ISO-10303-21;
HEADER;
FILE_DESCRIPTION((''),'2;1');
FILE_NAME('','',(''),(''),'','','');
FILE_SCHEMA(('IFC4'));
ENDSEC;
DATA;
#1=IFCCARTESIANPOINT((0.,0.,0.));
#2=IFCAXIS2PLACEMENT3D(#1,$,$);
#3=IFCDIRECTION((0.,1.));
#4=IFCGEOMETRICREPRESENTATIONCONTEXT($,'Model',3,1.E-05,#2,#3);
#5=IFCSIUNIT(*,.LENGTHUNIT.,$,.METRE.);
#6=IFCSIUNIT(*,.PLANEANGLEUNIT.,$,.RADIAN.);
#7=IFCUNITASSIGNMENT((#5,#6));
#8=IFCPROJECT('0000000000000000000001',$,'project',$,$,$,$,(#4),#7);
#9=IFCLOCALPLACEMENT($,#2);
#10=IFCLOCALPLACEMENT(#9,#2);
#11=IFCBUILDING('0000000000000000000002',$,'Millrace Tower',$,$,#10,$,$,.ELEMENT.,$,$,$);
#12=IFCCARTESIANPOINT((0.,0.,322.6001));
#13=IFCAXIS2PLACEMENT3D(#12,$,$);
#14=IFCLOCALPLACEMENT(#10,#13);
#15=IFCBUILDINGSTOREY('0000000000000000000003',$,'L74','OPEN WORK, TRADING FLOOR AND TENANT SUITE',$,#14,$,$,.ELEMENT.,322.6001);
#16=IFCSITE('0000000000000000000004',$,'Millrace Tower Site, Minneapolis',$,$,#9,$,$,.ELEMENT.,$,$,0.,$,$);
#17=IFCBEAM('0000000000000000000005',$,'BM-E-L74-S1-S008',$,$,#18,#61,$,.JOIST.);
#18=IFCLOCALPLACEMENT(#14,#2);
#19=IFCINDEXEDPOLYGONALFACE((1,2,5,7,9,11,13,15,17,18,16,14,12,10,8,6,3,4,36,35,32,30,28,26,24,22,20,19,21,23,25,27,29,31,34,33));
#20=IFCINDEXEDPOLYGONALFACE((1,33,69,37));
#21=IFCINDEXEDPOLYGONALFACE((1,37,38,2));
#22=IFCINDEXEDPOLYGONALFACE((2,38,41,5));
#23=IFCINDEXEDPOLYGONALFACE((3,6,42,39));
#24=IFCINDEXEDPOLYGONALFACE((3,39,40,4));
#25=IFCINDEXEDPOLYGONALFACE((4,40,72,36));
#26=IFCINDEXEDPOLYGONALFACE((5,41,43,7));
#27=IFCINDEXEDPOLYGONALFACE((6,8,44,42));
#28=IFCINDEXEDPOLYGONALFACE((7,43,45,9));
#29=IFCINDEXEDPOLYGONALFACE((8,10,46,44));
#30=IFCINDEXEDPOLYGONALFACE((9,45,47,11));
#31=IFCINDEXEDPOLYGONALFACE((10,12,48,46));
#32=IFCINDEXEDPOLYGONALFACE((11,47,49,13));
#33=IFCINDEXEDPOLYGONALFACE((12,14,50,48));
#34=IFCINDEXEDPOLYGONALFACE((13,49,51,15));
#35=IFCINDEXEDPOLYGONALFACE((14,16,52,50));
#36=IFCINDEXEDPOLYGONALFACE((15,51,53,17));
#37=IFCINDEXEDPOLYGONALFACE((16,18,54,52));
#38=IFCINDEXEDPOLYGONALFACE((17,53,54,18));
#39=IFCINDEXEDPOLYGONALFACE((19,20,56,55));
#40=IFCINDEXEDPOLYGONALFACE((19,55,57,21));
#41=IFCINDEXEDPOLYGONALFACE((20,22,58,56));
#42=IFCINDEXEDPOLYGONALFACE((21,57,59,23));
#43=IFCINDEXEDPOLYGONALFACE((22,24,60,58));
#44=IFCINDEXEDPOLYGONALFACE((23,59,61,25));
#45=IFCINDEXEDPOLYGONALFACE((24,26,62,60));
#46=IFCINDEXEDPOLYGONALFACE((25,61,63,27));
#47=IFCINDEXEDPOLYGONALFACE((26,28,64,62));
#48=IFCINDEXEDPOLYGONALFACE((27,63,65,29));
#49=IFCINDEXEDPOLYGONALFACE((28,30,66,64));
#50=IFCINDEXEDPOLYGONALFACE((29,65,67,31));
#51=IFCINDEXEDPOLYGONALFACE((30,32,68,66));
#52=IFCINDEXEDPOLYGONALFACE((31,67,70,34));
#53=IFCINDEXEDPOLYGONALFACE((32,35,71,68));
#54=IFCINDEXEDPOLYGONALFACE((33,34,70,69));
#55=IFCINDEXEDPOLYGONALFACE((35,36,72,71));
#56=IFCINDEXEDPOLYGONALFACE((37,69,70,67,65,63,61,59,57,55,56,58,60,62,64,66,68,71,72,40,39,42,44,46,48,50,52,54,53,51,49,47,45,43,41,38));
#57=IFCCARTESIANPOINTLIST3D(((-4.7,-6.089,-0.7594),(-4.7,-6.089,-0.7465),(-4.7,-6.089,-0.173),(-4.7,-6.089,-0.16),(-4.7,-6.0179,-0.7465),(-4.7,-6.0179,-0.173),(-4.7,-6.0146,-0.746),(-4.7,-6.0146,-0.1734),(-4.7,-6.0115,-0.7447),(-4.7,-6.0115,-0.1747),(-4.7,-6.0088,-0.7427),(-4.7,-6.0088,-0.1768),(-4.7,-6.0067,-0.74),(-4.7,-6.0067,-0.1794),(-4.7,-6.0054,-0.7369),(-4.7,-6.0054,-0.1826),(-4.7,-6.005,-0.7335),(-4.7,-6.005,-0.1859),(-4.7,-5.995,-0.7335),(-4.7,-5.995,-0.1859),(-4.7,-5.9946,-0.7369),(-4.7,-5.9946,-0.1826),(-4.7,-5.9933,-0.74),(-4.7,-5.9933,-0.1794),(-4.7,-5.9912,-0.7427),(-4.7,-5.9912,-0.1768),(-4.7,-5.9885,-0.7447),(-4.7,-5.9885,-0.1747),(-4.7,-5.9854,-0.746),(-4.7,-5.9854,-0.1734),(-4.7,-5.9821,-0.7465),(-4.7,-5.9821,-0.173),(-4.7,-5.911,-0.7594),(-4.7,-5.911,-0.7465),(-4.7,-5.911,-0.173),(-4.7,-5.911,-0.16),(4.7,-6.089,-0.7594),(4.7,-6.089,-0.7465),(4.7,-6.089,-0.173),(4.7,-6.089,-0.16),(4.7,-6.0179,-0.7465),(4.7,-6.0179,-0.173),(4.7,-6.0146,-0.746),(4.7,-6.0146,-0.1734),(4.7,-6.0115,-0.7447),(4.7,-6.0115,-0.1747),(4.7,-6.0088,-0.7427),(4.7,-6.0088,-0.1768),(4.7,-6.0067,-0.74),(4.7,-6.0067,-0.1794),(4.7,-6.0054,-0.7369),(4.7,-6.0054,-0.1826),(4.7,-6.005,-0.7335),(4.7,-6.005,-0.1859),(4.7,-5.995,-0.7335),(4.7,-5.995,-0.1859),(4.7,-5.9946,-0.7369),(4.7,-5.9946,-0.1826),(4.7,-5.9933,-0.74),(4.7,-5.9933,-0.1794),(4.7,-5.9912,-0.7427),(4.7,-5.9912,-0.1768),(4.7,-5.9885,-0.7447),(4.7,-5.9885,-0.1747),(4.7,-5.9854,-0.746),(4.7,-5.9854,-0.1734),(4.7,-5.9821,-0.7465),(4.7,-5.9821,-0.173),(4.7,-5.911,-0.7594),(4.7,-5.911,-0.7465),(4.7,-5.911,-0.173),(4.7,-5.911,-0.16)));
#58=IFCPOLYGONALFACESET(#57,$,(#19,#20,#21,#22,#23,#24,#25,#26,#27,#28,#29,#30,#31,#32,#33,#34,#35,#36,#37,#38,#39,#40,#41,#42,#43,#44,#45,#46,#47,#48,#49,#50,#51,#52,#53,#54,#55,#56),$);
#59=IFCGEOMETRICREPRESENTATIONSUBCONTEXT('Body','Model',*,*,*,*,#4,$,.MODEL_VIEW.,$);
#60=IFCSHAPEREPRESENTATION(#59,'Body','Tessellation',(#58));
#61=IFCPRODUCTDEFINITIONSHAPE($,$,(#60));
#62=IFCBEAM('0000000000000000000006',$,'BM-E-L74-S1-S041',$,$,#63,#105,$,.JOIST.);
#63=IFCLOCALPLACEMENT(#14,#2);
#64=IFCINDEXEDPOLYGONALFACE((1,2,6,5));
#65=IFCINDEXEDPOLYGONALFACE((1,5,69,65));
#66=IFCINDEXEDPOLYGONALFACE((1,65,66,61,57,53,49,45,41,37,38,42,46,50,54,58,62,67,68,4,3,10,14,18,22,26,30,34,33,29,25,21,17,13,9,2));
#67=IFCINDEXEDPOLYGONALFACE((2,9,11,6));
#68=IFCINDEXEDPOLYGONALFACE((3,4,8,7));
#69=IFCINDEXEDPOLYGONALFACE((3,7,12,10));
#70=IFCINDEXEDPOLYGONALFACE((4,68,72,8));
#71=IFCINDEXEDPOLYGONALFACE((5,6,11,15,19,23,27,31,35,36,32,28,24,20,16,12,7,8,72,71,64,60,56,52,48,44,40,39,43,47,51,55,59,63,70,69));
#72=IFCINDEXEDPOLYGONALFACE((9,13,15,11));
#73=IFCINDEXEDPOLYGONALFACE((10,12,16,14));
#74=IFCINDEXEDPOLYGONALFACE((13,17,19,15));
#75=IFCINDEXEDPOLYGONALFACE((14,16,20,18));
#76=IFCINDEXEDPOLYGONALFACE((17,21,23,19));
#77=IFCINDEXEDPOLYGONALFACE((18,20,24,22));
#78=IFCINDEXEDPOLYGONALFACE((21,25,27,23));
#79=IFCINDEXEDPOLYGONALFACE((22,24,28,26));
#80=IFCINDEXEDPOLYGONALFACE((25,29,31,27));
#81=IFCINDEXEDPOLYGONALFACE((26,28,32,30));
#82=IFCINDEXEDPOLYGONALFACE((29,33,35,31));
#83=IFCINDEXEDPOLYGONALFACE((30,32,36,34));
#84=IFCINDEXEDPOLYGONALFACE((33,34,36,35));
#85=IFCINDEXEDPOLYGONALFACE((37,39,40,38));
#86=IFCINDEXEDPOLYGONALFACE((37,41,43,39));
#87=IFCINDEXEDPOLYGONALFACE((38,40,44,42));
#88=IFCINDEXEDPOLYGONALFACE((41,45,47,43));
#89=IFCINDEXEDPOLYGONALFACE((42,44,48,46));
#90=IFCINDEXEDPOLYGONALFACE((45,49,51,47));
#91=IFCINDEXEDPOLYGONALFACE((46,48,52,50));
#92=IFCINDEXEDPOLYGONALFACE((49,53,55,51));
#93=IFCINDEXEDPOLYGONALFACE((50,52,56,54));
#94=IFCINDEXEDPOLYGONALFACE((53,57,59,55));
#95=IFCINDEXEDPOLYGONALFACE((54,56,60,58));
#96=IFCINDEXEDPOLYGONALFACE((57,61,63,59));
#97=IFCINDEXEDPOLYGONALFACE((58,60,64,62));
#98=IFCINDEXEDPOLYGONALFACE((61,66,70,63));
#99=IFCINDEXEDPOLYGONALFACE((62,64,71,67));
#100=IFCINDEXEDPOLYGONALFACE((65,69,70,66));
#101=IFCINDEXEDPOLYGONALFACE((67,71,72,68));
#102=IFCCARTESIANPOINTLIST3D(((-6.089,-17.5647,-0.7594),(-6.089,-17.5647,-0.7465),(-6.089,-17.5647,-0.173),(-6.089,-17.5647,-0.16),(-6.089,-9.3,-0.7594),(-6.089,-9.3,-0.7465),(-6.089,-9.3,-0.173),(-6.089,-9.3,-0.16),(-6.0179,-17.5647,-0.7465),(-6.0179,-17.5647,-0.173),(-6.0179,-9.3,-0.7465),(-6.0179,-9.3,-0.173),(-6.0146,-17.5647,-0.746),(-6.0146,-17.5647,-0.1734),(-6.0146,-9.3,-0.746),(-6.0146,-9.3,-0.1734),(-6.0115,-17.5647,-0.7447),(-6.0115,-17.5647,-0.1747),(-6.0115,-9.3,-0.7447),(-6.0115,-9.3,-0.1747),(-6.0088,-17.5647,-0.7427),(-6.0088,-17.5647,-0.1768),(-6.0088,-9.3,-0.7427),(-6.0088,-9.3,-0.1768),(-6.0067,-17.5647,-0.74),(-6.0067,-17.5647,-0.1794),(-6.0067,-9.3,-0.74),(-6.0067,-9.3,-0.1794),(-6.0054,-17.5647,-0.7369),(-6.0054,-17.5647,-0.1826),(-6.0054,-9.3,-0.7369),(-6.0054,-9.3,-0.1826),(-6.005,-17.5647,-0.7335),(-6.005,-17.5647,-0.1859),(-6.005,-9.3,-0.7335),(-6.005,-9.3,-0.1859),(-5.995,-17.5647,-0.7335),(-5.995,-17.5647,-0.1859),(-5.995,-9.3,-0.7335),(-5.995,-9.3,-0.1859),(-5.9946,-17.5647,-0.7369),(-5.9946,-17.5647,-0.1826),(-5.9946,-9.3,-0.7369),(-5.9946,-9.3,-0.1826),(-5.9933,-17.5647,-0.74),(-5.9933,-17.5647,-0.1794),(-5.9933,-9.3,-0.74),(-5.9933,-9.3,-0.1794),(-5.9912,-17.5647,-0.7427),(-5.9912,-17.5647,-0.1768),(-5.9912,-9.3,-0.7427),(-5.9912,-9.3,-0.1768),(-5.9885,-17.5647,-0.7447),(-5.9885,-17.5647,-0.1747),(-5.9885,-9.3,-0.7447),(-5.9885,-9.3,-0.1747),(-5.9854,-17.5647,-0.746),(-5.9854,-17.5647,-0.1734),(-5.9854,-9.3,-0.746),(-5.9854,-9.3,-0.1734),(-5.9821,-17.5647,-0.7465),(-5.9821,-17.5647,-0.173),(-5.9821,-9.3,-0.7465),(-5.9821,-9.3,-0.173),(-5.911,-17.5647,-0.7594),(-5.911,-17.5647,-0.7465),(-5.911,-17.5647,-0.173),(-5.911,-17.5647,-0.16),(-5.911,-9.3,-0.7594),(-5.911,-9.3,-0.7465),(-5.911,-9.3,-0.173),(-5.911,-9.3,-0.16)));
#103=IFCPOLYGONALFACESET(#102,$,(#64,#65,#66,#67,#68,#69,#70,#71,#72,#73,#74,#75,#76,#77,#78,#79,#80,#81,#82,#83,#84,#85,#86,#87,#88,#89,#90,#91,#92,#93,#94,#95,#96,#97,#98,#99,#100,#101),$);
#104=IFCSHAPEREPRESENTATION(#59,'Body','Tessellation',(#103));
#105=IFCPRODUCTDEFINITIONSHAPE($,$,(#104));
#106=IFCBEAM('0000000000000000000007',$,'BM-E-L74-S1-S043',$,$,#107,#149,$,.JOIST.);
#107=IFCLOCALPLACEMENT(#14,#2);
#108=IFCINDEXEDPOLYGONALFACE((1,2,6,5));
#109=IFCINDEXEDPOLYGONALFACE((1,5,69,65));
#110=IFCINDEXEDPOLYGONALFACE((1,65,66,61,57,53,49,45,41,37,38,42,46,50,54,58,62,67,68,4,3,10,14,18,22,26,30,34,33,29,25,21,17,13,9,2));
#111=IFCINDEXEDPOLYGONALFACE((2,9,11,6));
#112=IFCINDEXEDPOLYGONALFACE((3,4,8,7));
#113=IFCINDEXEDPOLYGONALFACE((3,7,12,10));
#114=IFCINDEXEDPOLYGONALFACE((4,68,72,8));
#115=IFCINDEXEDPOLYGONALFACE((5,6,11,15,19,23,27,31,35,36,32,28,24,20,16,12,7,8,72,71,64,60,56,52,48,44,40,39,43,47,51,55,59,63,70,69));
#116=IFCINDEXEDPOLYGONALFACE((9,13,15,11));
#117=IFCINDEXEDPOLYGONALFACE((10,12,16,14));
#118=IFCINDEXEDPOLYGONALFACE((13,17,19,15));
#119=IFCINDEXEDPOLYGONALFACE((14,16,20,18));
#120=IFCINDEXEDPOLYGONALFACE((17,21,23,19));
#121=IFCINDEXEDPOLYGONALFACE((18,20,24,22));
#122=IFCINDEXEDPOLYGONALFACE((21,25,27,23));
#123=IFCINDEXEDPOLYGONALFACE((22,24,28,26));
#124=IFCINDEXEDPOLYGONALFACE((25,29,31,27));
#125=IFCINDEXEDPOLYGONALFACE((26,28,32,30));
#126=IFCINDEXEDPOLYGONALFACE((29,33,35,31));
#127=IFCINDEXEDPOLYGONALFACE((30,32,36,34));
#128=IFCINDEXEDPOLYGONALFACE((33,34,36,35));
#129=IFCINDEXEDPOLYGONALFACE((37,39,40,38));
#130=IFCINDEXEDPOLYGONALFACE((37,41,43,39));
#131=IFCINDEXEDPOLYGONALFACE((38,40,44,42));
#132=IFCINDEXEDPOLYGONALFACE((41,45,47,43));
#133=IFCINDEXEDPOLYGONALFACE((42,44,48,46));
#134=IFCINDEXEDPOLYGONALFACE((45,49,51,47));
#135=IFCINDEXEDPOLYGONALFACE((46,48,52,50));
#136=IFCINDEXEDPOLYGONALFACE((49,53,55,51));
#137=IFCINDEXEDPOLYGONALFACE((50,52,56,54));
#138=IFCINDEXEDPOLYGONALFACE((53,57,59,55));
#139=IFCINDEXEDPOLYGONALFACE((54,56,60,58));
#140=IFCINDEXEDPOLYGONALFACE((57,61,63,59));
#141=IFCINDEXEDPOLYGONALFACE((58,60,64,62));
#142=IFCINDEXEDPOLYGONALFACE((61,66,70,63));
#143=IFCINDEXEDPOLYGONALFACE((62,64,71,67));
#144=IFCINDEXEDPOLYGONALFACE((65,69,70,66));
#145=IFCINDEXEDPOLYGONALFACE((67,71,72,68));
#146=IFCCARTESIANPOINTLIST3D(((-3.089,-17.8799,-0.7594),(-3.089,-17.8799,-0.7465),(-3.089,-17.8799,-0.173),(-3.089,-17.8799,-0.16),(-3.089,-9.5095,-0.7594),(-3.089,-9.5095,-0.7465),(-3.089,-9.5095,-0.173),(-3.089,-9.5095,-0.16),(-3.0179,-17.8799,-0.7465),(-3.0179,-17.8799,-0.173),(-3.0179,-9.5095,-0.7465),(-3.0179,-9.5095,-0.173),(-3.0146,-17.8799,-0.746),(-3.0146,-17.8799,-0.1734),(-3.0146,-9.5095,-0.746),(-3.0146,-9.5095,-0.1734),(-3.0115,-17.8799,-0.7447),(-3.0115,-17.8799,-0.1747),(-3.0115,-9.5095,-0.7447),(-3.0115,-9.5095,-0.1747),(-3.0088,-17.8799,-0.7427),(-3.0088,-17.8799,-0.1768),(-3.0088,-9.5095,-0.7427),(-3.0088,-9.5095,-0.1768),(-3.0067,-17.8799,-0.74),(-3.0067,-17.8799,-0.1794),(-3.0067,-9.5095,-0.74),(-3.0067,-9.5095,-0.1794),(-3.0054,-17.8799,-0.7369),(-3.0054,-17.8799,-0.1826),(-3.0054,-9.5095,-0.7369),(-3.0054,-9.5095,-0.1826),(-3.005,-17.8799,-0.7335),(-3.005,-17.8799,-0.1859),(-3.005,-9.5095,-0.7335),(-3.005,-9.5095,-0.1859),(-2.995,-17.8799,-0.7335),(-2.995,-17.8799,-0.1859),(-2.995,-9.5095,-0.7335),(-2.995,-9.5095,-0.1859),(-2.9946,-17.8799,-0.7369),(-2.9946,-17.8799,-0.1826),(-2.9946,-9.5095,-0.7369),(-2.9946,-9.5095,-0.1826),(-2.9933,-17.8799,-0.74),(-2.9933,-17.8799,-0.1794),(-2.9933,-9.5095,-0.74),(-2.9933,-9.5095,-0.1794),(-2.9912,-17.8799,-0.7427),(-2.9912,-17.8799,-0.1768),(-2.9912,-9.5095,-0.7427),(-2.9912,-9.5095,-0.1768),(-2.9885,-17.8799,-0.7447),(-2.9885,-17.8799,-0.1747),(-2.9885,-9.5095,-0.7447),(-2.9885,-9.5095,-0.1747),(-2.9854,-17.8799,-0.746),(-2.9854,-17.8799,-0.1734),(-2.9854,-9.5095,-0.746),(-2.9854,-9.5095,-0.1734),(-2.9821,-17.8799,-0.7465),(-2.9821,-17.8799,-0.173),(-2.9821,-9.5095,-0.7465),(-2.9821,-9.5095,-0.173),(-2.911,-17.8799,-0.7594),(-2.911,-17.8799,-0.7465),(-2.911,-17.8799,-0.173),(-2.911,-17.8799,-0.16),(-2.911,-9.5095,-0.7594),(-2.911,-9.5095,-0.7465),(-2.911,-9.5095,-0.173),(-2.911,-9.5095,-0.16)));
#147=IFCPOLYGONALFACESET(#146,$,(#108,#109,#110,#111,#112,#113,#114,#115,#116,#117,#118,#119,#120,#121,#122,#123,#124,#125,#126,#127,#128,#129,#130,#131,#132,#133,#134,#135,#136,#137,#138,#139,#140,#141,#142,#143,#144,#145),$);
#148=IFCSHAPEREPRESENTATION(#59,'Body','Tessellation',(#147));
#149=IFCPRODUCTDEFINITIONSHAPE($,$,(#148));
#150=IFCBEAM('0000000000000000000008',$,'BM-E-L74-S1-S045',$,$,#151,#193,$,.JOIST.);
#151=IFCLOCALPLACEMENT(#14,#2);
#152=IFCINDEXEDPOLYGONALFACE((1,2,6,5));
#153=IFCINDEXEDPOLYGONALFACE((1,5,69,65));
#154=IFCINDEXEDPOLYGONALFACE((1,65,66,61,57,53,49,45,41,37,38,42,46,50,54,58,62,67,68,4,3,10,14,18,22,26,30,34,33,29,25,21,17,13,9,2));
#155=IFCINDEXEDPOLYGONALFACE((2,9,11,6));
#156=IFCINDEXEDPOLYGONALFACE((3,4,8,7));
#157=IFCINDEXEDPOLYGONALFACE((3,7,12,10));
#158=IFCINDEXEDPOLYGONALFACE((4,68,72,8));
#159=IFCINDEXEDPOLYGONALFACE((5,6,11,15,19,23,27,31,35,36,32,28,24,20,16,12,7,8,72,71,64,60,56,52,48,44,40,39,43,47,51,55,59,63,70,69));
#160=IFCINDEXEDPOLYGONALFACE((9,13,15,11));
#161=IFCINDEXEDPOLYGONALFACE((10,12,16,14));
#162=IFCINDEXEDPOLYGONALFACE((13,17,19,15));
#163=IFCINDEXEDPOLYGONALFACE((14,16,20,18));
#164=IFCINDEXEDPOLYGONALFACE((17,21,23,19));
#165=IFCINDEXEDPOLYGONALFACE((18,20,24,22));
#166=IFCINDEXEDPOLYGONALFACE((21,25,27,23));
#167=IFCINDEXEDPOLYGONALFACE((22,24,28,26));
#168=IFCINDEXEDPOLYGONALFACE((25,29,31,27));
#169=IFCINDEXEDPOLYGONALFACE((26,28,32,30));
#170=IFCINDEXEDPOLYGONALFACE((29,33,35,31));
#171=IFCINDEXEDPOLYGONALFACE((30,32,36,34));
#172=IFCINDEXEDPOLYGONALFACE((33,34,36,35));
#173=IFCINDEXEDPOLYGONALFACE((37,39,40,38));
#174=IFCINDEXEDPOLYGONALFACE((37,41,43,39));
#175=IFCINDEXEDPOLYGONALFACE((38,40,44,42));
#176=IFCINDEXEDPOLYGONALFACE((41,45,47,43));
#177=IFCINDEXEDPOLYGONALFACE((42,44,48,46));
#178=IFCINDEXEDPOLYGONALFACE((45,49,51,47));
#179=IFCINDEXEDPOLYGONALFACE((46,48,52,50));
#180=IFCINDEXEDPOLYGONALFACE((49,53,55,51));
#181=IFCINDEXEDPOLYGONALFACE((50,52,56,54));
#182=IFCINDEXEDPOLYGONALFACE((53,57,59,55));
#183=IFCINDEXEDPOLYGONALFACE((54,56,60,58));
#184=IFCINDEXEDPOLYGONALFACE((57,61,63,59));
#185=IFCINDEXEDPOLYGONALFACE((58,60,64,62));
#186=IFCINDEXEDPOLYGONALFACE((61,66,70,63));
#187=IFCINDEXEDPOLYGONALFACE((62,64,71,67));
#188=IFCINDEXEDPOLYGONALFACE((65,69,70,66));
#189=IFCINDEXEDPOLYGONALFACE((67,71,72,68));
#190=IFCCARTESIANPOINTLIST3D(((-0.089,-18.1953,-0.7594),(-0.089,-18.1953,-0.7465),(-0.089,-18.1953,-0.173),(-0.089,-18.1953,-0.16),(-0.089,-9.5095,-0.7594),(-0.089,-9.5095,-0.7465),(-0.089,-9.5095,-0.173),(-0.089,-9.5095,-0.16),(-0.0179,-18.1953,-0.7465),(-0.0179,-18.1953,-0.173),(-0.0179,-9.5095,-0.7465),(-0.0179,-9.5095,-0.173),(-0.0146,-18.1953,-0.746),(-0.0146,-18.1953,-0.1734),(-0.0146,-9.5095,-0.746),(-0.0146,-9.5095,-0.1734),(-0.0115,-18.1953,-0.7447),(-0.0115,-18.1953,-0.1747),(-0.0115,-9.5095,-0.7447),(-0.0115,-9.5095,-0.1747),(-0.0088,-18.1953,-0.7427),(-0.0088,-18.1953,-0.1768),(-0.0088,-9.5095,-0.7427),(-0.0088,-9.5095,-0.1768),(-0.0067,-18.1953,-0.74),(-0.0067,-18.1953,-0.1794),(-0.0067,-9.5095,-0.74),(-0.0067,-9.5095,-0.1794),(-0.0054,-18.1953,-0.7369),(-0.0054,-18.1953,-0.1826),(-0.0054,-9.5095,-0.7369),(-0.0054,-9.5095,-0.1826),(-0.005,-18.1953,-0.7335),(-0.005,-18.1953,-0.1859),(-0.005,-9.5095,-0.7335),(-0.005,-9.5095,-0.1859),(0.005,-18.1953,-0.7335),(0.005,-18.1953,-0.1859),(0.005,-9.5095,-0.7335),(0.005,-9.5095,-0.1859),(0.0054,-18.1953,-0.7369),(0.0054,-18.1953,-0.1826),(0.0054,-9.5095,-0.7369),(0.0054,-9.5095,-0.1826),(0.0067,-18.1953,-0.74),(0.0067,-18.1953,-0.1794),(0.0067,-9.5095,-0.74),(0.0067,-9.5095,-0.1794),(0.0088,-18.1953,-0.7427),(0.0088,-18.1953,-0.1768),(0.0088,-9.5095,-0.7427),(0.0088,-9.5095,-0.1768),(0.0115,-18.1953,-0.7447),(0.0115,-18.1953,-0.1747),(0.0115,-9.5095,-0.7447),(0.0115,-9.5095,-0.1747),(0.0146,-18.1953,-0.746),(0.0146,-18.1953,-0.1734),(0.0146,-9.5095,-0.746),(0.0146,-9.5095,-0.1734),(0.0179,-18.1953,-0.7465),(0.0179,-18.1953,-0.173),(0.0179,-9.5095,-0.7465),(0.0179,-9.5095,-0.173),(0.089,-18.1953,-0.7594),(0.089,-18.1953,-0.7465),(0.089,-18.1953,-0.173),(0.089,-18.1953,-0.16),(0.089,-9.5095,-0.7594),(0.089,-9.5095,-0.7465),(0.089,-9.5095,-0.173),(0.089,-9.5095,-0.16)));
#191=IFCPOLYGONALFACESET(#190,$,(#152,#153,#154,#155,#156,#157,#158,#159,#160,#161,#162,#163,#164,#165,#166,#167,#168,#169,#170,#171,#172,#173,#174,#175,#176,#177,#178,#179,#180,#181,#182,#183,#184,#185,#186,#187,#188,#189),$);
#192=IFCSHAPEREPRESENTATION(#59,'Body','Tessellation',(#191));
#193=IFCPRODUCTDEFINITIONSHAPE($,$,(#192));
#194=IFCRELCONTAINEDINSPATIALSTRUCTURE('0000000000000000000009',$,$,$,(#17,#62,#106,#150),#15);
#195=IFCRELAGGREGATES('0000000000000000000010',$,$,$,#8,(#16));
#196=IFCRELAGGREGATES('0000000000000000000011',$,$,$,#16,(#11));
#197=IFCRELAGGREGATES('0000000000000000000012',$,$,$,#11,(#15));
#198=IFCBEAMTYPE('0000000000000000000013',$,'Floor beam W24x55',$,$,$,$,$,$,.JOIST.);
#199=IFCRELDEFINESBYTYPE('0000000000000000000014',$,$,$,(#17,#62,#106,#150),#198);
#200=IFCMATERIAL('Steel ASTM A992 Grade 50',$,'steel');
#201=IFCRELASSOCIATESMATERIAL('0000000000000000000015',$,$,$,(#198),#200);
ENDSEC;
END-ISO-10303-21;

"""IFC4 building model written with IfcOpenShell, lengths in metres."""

from ifc_helpers import new_model, si_unit, direction, frame, origin, origin_2d, place, context, subcontext, project, spatial, i_section, extrude, material, material_profile, profile_set, type_object, element, save


model = new_model("IFC4")

# Units and contexts
model_context = context("Model", 3, precision=1e-05, world=origin(), true_north=direction((0.0, 1.0)))
body_context = subcontext(model_context, "Body", "Model", "MODEL_VIEW")
ifc_project = project(units=[si_unit("LENGTHUNIT", "METRE"), si_unit("PLANEANGLEUNIT", "RADIAN")], contexts=[model_context])

# Site, building, storey
site_placement = place(None, origin())
site = spatial("IfcSite", under=ifc_project, at=site_placement, Name="Millrace Tower Site, Minneapolis", CompositionType="ELEMENT", RefElevation=0.0)
building_placement = place(site_placement, origin())
building = spatial("IfcBuilding", under=site, at=building_placement, Name="Millrace Tower", CompositionType="ELEMENT")
storey_placement = place(building_placement, frame((0.0, 0.0, 322.6001)))
storey = spatial("IfcBuildingStorey", under=building, at=storey_placement, Name="L74", Description="OPEN WORK, TRADING FLOOR AND TENANT SUITE", CompositionType="ELEMENT", Elevation=322.6001)

# Beams
ifc_material_1 = material(Name="Steel ASTM A992 Grade 50", Category="steel")
ifc_material_profile_1 = material_profile(ifc_material_1, i_section(OverallWidth=0.178, OverallDepth=0.5994, WebThickness=0.01, FlangeThickness=0.0129, FilletRadius=0.0129, at=origin_2d()))
ifc_profile_set_1 = profile_set([ifc_material_profile_1], Name="Steel ASTM A992 Grade 50")
beam_type_1 = type_object("IfcBeamType", Name="Floor beam W24x55", PredefinedType="JOIST", material=ifc_profile_set_1)
beam_1_placement = place(storey_placement, frame((-4.7, -6.0, -0.4597), z_axis=(1.0, 0.0, 0.0), x_axis=(0.0, 1.0, 0.0)))
element("IfcBeam", 1, at=beam_1_placement, inside=storey, type_object=beam_type_1, Name="BM-E-L74-S1-S008", PredefinedType="JOIST", context=body_context, shape_type="SweptSolid", body=[
    extrude(i_section(OverallWidth=0.178, OverallDepth=0.5994, WebThickness=0.01, FlangeThickness=0.0129, FilletRadius=0.0129, at=origin_2d()), origin(), (0.0, 0.0, 1.0), 9.3999),
])
beam_2_placement = place(storey_placement, frame((-6.0, -17.5647, -0.4597), z_axis=(0.0, 1.0, 0.0), x_axis=(-1.0, 0.0, 0.0)))
element("IfcBeam", 2, at=beam_2_placement, inside=storey, type_object=beam_type_1, Name="BM-E-L74-S1-S041", PredefinedType="JOIST", context=body_context, shape_type="SweptSolid", body=[
    extrude(i_section(OverallWidth=0.178, OverallDepth=0.5994, WebThickness=0.01, FlangeThickness=0.0129, FilletRadius=0.0129, at=origin_2d()), origin(), (0.0, 0.0, 1.0), 8.2646),
])
beam_3_placement = place(storey_placement, frame((-3.0, -17.8799, -0.4597), z_axis=(0.0, 1.0, 0.0), x_axis=(-1.0, 0.0, 0.0)))
element("IfcBeam", 3, at=beam_3_placement, inside=storey, type_object=beam_type_1, Name="BM-E-L74-S1-S043", PredefinedType="JOIST", context=body_context, shape_type="SweptSolid", body=[
    extrude(i_section(OverallWidth=0.178, OverallDepth=0.5994, WebThickness=0.01, FlangeThickness=0.0129, FilletRadius=0.0129, at=origin_2d()), origin(), (0.0, 0.0, 1.0), 8.3704),
])
beam_4_placement = place(storey_placement, frame((0.0, -18.1953, -0.4597), z_axis=(0.0, 1.0, 0.0), x_axis=(-1.0, 0.0, 0.0)))
element("IfcBeam", 4, at=beam_4_placement, inside=storey, type_object=beam_type_1, Name="BM-E-L74-S1-S045", PredefinedType="JOIST", context=body_context, shape_type="SweptSolid", body=[
    extrude(i_section(OverallWidth=0.178, OverallDepth=0.5994, WebThickness=0.01, FlangeThickness=0.0129, FilletRadius=0.0129, at=origin_2d()), origin(), (0.0, 0.0, 1.0), 8.6858),
])

save(model, "model.ifc")
